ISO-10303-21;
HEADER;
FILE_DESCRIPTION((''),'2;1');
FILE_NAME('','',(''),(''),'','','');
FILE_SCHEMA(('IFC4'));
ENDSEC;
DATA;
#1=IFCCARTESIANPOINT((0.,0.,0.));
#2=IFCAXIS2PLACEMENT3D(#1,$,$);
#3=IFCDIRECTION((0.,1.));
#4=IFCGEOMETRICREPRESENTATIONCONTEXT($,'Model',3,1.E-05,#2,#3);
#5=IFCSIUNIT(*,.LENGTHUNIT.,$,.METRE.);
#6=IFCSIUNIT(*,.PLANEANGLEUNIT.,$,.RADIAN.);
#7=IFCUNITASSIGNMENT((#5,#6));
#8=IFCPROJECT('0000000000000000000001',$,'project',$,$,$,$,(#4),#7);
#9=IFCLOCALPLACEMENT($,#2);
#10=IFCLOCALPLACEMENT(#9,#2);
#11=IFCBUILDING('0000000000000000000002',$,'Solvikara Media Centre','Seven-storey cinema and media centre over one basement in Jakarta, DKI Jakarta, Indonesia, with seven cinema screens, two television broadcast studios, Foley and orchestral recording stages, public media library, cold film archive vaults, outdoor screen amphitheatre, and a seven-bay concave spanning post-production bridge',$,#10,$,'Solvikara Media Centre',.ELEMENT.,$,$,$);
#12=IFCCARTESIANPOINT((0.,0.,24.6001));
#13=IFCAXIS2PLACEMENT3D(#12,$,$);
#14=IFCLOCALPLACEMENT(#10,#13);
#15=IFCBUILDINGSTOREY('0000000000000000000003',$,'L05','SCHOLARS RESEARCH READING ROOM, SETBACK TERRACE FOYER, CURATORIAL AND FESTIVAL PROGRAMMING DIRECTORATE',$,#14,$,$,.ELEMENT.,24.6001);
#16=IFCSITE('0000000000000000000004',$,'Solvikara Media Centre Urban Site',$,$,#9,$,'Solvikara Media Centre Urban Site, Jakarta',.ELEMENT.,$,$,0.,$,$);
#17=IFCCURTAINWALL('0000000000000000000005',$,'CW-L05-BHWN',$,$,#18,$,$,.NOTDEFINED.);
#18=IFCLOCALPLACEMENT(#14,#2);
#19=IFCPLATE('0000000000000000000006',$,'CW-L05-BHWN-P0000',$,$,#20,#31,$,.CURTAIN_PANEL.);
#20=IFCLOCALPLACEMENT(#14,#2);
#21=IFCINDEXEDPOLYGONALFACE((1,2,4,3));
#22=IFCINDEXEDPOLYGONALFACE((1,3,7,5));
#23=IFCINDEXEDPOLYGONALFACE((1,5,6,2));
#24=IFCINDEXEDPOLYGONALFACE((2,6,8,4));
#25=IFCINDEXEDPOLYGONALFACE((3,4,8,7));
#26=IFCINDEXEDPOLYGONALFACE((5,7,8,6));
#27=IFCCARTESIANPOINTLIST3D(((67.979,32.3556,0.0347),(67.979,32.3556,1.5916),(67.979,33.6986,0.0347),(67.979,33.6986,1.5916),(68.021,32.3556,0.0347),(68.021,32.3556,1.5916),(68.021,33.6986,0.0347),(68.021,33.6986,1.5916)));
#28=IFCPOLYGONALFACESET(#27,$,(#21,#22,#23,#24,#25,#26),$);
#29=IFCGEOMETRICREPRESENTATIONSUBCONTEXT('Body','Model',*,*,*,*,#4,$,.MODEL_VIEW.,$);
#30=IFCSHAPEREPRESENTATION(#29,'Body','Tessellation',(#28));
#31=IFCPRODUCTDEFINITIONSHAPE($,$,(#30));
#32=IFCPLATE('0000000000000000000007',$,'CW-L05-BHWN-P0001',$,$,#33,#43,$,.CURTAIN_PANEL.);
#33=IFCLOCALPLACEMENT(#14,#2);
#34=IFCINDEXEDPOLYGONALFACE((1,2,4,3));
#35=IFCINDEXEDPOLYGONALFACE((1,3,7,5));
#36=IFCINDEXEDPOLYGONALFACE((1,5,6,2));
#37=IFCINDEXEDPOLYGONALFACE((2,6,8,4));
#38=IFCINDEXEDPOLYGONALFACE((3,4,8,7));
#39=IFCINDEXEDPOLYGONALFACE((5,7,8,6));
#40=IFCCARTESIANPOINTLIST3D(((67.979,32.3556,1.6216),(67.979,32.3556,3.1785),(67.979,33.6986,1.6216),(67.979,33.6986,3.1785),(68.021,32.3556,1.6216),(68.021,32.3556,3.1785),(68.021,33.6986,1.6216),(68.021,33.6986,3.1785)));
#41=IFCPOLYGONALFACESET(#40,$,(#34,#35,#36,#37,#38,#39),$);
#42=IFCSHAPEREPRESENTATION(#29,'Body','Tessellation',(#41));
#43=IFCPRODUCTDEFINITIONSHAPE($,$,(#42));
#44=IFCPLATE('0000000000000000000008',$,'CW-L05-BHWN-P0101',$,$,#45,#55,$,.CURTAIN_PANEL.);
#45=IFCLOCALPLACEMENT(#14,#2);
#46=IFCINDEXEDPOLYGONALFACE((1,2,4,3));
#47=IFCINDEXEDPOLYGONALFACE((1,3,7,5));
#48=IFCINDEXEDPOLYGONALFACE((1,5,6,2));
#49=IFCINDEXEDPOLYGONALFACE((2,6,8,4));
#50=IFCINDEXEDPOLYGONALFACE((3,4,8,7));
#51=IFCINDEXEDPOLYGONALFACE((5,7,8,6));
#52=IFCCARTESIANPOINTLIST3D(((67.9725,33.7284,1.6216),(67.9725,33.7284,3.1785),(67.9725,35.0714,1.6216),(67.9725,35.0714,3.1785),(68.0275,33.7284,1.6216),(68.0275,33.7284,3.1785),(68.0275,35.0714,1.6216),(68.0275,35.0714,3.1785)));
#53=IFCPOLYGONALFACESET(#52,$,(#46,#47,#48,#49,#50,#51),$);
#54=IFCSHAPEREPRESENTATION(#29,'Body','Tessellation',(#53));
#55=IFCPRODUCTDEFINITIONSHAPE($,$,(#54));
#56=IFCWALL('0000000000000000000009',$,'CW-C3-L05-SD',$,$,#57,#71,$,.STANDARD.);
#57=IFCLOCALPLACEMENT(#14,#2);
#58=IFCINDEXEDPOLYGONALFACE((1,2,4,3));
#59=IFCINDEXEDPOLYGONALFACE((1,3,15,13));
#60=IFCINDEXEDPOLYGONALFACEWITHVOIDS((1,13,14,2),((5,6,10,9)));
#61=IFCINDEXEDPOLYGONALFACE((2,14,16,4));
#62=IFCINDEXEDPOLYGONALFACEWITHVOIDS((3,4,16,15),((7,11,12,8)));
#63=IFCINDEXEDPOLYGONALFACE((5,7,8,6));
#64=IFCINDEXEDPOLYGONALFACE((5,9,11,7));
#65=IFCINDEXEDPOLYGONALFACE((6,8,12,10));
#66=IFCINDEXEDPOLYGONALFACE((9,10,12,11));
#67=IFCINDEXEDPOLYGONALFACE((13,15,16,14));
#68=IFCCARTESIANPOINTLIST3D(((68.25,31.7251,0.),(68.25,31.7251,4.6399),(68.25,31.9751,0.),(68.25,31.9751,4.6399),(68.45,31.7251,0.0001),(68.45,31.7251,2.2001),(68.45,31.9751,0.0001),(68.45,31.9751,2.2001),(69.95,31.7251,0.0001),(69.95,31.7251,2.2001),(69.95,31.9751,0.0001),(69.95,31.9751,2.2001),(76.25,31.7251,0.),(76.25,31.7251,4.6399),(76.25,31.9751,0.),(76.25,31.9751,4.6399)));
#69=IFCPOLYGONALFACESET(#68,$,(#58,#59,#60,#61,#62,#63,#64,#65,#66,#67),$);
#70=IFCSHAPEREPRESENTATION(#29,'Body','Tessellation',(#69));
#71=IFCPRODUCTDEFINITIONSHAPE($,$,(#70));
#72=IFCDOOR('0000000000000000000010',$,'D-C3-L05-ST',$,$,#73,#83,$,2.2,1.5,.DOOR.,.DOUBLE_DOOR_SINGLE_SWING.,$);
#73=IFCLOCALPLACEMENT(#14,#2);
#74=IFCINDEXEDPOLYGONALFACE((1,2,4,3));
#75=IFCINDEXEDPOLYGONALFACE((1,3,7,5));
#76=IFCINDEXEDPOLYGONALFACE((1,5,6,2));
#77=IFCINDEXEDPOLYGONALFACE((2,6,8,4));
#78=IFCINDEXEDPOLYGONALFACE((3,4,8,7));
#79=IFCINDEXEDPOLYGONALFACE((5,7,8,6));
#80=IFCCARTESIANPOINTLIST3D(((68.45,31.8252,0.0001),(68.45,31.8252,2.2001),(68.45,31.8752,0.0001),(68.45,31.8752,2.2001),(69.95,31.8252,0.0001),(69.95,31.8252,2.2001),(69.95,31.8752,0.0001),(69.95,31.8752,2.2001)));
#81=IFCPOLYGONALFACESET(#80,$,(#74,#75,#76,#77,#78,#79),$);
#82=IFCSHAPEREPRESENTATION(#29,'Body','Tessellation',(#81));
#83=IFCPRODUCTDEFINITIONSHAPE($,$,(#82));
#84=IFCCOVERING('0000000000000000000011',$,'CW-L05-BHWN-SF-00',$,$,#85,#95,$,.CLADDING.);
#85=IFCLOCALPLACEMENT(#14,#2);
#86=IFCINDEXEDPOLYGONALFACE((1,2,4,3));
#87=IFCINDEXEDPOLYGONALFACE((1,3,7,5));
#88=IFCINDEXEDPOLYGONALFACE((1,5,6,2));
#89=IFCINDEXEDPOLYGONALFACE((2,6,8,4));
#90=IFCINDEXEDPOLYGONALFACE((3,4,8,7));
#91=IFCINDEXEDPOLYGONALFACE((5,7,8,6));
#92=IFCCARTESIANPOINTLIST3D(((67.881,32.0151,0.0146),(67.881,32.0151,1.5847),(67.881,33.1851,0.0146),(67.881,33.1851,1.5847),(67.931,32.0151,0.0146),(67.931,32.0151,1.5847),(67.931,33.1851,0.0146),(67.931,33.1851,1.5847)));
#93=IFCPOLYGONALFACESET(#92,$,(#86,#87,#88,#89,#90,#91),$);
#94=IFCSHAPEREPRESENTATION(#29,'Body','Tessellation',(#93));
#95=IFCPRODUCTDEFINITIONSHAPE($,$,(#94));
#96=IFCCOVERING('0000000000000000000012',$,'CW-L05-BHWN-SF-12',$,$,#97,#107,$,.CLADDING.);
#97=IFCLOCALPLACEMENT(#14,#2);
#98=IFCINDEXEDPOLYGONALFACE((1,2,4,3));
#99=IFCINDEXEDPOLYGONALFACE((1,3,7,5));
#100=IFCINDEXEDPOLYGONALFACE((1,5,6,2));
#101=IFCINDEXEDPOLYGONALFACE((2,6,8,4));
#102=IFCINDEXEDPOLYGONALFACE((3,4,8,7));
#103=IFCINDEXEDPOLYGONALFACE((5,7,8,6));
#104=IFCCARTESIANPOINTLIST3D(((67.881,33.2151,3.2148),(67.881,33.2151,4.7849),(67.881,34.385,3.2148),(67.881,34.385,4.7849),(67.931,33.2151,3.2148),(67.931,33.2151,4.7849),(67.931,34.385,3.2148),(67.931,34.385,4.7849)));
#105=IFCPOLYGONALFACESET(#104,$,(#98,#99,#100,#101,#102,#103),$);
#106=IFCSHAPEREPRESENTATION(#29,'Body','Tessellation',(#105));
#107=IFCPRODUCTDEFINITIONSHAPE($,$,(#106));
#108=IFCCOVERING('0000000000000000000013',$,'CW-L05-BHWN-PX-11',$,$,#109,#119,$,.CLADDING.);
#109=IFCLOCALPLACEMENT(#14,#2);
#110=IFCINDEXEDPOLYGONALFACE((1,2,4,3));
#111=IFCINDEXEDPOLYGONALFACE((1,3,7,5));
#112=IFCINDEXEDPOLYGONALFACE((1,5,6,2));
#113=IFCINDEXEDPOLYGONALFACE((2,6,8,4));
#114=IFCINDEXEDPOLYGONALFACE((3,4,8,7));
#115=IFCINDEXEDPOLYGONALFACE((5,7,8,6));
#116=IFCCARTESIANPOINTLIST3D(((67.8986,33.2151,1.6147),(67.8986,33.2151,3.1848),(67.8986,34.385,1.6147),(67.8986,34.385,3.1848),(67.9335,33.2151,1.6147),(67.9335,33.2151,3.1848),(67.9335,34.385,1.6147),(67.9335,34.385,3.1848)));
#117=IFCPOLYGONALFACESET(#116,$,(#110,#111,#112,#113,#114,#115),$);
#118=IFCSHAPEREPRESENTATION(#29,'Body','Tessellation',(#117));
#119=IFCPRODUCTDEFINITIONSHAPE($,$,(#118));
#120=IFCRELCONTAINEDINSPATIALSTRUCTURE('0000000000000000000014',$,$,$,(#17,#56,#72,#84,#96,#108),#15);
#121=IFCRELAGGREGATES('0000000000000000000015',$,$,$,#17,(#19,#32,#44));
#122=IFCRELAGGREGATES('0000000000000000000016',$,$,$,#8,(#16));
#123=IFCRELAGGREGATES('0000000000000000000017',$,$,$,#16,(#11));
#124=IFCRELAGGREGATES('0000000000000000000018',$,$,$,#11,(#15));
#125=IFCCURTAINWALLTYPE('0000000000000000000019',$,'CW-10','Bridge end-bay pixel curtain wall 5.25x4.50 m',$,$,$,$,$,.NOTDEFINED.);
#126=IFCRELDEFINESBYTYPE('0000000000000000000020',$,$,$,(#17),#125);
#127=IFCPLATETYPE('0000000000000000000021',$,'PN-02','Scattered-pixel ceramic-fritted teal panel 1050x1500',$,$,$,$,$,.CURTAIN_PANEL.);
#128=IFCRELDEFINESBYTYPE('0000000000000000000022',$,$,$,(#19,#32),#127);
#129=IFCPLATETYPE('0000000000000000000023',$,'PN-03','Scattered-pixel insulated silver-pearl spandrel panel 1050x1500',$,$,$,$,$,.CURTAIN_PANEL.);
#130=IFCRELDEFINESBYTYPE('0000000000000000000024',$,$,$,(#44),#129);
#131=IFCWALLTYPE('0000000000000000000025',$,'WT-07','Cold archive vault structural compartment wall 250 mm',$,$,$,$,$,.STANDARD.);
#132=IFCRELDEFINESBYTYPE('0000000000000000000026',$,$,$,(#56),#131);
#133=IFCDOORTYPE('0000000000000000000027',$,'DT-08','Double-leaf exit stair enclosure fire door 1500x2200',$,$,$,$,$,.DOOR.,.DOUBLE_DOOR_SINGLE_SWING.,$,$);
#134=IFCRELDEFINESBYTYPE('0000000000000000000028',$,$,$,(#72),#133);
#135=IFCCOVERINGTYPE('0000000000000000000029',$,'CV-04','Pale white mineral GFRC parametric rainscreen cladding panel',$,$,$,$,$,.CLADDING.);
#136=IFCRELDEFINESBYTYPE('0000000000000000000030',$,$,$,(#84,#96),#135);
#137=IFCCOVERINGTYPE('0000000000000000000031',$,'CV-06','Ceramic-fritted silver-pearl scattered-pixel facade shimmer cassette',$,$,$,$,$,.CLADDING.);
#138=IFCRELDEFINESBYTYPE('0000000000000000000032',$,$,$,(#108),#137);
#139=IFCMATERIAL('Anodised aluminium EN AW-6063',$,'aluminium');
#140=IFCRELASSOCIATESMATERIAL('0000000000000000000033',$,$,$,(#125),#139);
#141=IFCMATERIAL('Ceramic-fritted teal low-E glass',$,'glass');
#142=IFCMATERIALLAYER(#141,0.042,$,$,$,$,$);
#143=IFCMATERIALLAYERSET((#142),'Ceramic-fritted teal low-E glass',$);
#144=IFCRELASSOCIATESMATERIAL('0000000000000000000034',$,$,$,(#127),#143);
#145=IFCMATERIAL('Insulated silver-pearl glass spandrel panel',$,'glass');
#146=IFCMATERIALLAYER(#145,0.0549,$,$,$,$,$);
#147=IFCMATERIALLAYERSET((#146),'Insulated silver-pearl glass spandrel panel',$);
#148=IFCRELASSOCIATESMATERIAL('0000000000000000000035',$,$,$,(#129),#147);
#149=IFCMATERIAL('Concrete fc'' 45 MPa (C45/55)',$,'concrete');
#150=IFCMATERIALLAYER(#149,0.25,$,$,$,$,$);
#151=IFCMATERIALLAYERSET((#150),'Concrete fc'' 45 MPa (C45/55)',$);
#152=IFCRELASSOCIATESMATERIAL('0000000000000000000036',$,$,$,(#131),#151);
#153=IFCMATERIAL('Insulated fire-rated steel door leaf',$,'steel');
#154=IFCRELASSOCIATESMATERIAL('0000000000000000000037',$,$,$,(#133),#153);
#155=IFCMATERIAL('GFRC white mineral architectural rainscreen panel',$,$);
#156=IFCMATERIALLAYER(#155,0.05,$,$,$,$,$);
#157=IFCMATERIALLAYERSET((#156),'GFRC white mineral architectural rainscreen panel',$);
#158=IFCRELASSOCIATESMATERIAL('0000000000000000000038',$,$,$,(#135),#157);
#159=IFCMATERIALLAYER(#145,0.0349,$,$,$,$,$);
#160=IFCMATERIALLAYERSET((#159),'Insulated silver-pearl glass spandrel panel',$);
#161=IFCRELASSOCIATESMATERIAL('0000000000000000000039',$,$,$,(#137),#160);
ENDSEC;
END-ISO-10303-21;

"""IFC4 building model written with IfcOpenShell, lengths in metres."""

from ifc_helpers import new_model, si_unit, direction, frame, frame_2d, origin, origin_2d, place, context, subcontext, project, spatial, rectangle, extrude, material, layer, layer_set, type_object, element, fill, aggregate, save


model = new_model("IFC4")

# Units and contexts
model_context = context("Model", 3, precision=1e-05, world=origin(), true_north=direction((0.0, 1.0)))
body_context = subcontext(model_context, "Body", "Model", "MODEL_VIEW")
ifc_project = project(units=[si_unit("LENGTHUNIT", "METRE"), si_unit("PLANEANGLEUNIT", "RADIAN")], contexts=[model_context])

# Site, building, storey
site_placement = place(None, origin())
site = spatial("IfcSite", under=ifc_project, at=site_placement, Name="Solvikara Media Centre Urban Site", LongName="Solvikara Media Centre Urban Site, Jakarta", CompositionType="ELEMENT", RefElevation=0.0)
building_placement = place(site_placement, origin())
building = spatial("IfcBuilding", under=site, at=building_placement, Name="Solvikara Media Centre", Description="Seven-storey cinema and media centre over one basement in Jakarta, DKI Jakarta, Indonesia, with seven cinema screens, two television broadcast studios, Foley and orchestral recording stages, public media library, cold film archive vaults, outdoor screen amphitheatre, and a seven-bay concave spanning post-production bridge", LongName="Solvikara Media Centre", CompositionType="ELEMENT")
storey_placement = place(building_placement, frame((0.0, 0.0, 24.6001)))
storey = spatial("IfcBuildingStorey", under=building, at=storey_placement, Name="L05", Description="SCHOLARS RESEARCH READING ROOM, SETBACK TERRACE FOYER, CURATORIAL AND FESTIVAL PROGRAMMING DIRECTORATE", CompositionType="ELEMENT", Elevation=24.6001)

# Shared definitions
ifc_material_1 = material(Name="Concrete fc' 45 MPa (C45/55)", Category="concrete")

# Curtain wall, plates
ifc_material_2 = material(Name="Anodised aluminium EN AW-6063", Category="aluminium")
curtain_wall_type = type_object("IfcCurtainWallType", Name="CW-10", Description="Bridge end-bay pixel curtain wall 5.25x4.50 m", PredefinedType="NOTDEFINED", material=ifc_material_2)
curtain_wall_placement = place(storey_placement, origin())
curtain_wall = element("IfcCurtainWall", 1, at=curtain_wall_placement, inside=storey, type_object=curtain_wall_type, Name="CW-L05-BHWN", PredefinedType="NOTDEFINED")
ifc_material_3 = material(Name="Ceramic-fritted teal low-E glass", Category="glass")
ifc_layer_1 = layer(ifc_material_3, 0.042)
ifc_layer_set_1 = layer_set([ifc_layer_1], Name="Ceramic-fritted teal low-E glass")
plate_type_1 = type_object("IfcPlateType", Name="PN-02", Description="Scattered-pixel ceramic-fritted teal panel 1050x1500", PredefinedType="CURTAIN_PANEL", material=ifc_layer_set_1)
plate_1_placement = place(storey_placement, frame((68.0, 33.0271, 0.0347), z_axis=(0.0, 0.0, 1.0), x_axis=(0.0, 1.0, 0.0)))
plate_1 = element("IfcPlate", 2, at=plate_1_placement, type_object=plate_type_1, Name="CW-L05-BHWN-P0000", PredefinedType="CURTAIN_PANEL", context=body_context, shape_type="SweptSolid", body=[
    extrude(rectangle(XDim=1.343, YDim=0.042, at=origin_2d()), origin(), (0.0, 0.0, 1.0), 1.5569),
])
plate_2_placement = place(storey_placement, frame((68.0, 33.0271, 1.6216), z_axis=(0.0, 0.0, 1.0), x_axis=(0.0, 1.0, 0.0)))
plate_2 = element("IfcPlate", 3, at=plate_2_placement, type_object=plate_type_1, Name="CW-L05-BHWN-P0001", PredefinedType="CURTAIN_PANEL", context=body_context, shape_type="SweptSolid", body=[
    extrude(rectangle(XDim=1.343, YDim=0.042, at=origin_2d()), origin(), (0.0, 0.0, 1.0), 1.5569),
])
ifc_material_4 = material(Name="Insulated silver-pearl glass spandrel panel", Category="glass")
ifc_layer_2 = layer(ifc_material_4, 0.0549)
ifc_layer_set_2 = layer_set([ifc_layer_2], Name="Insulated silver-pearl glass spandrel panel")
plate_type_2 = type_object("IfcPlateType", Name="PN-03", Description="Scattered-pixel insulated silver-pearl spandrel panel 1050x1500", PredefinedType="CURTAIN_PANEL", material=ifc_layer_set_2)
plate_3_placement = place(storey_placement, frame((68.0, 34.3999, 1.6216), z_axis=(0.0, 0.0, 1.0), x_axis=(0.0, 1.0, 0.0)))
plate_3 = element("IfcPlate", 4, at=plate_3_placement, type_object=plate_type_2, Name="CW-L05-BHWN-P0101", PredefinedType="CURTAIN_PANEL", context=body_context, shape_type="SweptSolid", body=[
    extrude(rectangle(XDim=1.343, YDim=0.0549, at=origin_2d()), origin(), (0.0, 0.0, 1.0), 1.5569),
])
aggregate(curtain_wall, [plate_1, plate_2, plate_3])

# Wall, opening, door
ifc_layer_3 = layer(ifc_material_1, 0.25)
ifc_layer_set_3 = layer_set([ifc_layer_3], Name="Concrete fc' 45 MPa (C45/55)")
wall_type = type_object("IfcWallType", Name="WT-07", Description="Cold archive vault structural compartment wall 250 mm", PredefinedType="STANDARD", material=ifc_layer_set_3)
wall_placement = place(storey_placement, frame((68.25, 31.8501, 0.0), z_axis=(0.0, 0.0, 1.0), x_axis=(1.0, 0.0, 0.0)))
wall = element("IfcWall", 5, at=wall_placement, inside=storey, type_object=wall_type, Name="CW-C3-L05-SD", PredefinedType="STANDARD", context=body_context, shape_type="SweptSolid", body=[
    extrude(rectangle(XDim=8.0, YDim=0.25, at=frame_2d((4.0, 0.0))), origin(), (0.0, 0.0, 1.0), 4.6399),
])
opening_placement = place(wall_placement, frame((0.2, 0.0, 0.0)))
opening = element("IfcOpeningElement", 6, at=opening_placement, cuts=wall, PredefinedType="OPENING", context=body_context, shape_type="SweptSolid", body=[
    extrude(rectangle(XDim=1.5, YDim=2.2, at=frame_2d((0.75, 1.1001))), frame((0.0, 0.137, 0.0), z_axis=(0.0, -1.0, 0.0), x_axis=(1.0, 0.0, 0.0)), (0.0, 0.0, 1.0), 0.2739),
])
ifc_material_5 = material(Name="Insulated fire-rated steel door leaf", Category="steel")
door_type = type_object("IfcDoorType", Name="DT-08", Description="Double-leaf exit stair enclosure fire door 1500x2200", OperationType="DOUBLE_DOOR_SINGLE_SWING", PredefinedType="DOOR", material=ifc_material_5)
door_placement = place(opening_placement, frame((1.5, 0.0, 0.0), z_axis=(0.0, 0.0, 1.0), x_axis=(-1.0, 0.0, 0.0)))
door = element("IfcDoor", 7, at=door_placement, inside=storey, type_object=door_type, Name="D-C3-L05-ST", OperationType="DOUBLE_DOOR_SINGLE_SWING", OverallHeight=2.2, OverallWidth=1.5, PredefinedType="DOOR", context=body_context, shape_type="SweptSolid", body=[
    extrude(rectangle(XDim=1.5, YDim=2.2, at=frame_2d((0.75, 1.1001))), frame((0.0, 0.0249, 0.0), z_axis=(0.0, -1.0, 0.0), x_axis=(1.0, 0.0, 0.0)), (0.0, 0.0, 1.0), 0.05),
])
fill(opening, door)

# Coverings
ifc_material_6 = material(Name="GFRC white mineral architectural rainscreen panel")
ifc_layer_4 = layer(ifc_material_6, 0.05)
ifc_layer_set_4 = layer_set([ifc_layer_4], Name="GFRC white mineral architectural rainscreen panel")
covering_type_1 = type_object("IfcCoveringType", Name="CV-04", Description="Pale white mineral GFRC parametric rainscreen cladding panel", PredefinedType="CLADDING", material=ifc_layer_set_4)
for number, where, z_axis, x_axis, name in (
    (8, (67.906, 32.6001, 0.0146), (0.0, 0.0, 1.0), (0.0, 1.0, 0.0), "CW-L05-BHWN-SF-00"),
    (9, (67.906, 33.8, 3.2148), (0.0, 0.0, 1.0), (0.0, 1.0, 0.0), "CW-L05-BHWN-SF-12"),
):
    element("IfcCovering", number, at=place(storey_placement, frame(where, z_axis=z_axis, x_axis=x_axis)), inside=storey, type_object=covering_type_1, Name=name, PredefinedType="CLADDING", context=body_context, shape_type="SweptSolid", body=[
        extrude(rectangle(XDim=1.1699, YDim=0.05, at=origin_2d()), origin(), (0.0, 0.0, 1.0), 1.5701),
    ])
ifc_layer_5 = layer(ifc_material_4, 0.0349)
ifc_layer_set_5 = layer_set([ifc_layer_5], Name="Insulated silver-pearl glass spandrel panel")
covering_type_2 = type_object("IfcCoveringType", Name="CV-06", Description="Ceramic-fritted silver-pearl scattered-pixel facade shimmer cassette", PredefinedType="CLADDING", material=ifc_layer_set_5)
covering_placement = place(storey_placement, frame((67.916, 33.8, 1.6147), z_axis=(0.0, 0.0, 1.0), x_axis=(0.0, 1.0, 0.0)))
element("IfcCovering", 10, at=covering_placement, inside=storey, type_object=covering_type_2, Name="CW-L05-BHWN-PX-11", PredefinedType="CLADDING", context=body_context, shape_type="SweptSolid", body=[
    extrude(rectangle(XDim=1.1699, YDim=0.0349, at=origin_2d()), origin(), (0.0, 0.0, 1.0), 1.5701),
])

save(model, "model.ifc")
